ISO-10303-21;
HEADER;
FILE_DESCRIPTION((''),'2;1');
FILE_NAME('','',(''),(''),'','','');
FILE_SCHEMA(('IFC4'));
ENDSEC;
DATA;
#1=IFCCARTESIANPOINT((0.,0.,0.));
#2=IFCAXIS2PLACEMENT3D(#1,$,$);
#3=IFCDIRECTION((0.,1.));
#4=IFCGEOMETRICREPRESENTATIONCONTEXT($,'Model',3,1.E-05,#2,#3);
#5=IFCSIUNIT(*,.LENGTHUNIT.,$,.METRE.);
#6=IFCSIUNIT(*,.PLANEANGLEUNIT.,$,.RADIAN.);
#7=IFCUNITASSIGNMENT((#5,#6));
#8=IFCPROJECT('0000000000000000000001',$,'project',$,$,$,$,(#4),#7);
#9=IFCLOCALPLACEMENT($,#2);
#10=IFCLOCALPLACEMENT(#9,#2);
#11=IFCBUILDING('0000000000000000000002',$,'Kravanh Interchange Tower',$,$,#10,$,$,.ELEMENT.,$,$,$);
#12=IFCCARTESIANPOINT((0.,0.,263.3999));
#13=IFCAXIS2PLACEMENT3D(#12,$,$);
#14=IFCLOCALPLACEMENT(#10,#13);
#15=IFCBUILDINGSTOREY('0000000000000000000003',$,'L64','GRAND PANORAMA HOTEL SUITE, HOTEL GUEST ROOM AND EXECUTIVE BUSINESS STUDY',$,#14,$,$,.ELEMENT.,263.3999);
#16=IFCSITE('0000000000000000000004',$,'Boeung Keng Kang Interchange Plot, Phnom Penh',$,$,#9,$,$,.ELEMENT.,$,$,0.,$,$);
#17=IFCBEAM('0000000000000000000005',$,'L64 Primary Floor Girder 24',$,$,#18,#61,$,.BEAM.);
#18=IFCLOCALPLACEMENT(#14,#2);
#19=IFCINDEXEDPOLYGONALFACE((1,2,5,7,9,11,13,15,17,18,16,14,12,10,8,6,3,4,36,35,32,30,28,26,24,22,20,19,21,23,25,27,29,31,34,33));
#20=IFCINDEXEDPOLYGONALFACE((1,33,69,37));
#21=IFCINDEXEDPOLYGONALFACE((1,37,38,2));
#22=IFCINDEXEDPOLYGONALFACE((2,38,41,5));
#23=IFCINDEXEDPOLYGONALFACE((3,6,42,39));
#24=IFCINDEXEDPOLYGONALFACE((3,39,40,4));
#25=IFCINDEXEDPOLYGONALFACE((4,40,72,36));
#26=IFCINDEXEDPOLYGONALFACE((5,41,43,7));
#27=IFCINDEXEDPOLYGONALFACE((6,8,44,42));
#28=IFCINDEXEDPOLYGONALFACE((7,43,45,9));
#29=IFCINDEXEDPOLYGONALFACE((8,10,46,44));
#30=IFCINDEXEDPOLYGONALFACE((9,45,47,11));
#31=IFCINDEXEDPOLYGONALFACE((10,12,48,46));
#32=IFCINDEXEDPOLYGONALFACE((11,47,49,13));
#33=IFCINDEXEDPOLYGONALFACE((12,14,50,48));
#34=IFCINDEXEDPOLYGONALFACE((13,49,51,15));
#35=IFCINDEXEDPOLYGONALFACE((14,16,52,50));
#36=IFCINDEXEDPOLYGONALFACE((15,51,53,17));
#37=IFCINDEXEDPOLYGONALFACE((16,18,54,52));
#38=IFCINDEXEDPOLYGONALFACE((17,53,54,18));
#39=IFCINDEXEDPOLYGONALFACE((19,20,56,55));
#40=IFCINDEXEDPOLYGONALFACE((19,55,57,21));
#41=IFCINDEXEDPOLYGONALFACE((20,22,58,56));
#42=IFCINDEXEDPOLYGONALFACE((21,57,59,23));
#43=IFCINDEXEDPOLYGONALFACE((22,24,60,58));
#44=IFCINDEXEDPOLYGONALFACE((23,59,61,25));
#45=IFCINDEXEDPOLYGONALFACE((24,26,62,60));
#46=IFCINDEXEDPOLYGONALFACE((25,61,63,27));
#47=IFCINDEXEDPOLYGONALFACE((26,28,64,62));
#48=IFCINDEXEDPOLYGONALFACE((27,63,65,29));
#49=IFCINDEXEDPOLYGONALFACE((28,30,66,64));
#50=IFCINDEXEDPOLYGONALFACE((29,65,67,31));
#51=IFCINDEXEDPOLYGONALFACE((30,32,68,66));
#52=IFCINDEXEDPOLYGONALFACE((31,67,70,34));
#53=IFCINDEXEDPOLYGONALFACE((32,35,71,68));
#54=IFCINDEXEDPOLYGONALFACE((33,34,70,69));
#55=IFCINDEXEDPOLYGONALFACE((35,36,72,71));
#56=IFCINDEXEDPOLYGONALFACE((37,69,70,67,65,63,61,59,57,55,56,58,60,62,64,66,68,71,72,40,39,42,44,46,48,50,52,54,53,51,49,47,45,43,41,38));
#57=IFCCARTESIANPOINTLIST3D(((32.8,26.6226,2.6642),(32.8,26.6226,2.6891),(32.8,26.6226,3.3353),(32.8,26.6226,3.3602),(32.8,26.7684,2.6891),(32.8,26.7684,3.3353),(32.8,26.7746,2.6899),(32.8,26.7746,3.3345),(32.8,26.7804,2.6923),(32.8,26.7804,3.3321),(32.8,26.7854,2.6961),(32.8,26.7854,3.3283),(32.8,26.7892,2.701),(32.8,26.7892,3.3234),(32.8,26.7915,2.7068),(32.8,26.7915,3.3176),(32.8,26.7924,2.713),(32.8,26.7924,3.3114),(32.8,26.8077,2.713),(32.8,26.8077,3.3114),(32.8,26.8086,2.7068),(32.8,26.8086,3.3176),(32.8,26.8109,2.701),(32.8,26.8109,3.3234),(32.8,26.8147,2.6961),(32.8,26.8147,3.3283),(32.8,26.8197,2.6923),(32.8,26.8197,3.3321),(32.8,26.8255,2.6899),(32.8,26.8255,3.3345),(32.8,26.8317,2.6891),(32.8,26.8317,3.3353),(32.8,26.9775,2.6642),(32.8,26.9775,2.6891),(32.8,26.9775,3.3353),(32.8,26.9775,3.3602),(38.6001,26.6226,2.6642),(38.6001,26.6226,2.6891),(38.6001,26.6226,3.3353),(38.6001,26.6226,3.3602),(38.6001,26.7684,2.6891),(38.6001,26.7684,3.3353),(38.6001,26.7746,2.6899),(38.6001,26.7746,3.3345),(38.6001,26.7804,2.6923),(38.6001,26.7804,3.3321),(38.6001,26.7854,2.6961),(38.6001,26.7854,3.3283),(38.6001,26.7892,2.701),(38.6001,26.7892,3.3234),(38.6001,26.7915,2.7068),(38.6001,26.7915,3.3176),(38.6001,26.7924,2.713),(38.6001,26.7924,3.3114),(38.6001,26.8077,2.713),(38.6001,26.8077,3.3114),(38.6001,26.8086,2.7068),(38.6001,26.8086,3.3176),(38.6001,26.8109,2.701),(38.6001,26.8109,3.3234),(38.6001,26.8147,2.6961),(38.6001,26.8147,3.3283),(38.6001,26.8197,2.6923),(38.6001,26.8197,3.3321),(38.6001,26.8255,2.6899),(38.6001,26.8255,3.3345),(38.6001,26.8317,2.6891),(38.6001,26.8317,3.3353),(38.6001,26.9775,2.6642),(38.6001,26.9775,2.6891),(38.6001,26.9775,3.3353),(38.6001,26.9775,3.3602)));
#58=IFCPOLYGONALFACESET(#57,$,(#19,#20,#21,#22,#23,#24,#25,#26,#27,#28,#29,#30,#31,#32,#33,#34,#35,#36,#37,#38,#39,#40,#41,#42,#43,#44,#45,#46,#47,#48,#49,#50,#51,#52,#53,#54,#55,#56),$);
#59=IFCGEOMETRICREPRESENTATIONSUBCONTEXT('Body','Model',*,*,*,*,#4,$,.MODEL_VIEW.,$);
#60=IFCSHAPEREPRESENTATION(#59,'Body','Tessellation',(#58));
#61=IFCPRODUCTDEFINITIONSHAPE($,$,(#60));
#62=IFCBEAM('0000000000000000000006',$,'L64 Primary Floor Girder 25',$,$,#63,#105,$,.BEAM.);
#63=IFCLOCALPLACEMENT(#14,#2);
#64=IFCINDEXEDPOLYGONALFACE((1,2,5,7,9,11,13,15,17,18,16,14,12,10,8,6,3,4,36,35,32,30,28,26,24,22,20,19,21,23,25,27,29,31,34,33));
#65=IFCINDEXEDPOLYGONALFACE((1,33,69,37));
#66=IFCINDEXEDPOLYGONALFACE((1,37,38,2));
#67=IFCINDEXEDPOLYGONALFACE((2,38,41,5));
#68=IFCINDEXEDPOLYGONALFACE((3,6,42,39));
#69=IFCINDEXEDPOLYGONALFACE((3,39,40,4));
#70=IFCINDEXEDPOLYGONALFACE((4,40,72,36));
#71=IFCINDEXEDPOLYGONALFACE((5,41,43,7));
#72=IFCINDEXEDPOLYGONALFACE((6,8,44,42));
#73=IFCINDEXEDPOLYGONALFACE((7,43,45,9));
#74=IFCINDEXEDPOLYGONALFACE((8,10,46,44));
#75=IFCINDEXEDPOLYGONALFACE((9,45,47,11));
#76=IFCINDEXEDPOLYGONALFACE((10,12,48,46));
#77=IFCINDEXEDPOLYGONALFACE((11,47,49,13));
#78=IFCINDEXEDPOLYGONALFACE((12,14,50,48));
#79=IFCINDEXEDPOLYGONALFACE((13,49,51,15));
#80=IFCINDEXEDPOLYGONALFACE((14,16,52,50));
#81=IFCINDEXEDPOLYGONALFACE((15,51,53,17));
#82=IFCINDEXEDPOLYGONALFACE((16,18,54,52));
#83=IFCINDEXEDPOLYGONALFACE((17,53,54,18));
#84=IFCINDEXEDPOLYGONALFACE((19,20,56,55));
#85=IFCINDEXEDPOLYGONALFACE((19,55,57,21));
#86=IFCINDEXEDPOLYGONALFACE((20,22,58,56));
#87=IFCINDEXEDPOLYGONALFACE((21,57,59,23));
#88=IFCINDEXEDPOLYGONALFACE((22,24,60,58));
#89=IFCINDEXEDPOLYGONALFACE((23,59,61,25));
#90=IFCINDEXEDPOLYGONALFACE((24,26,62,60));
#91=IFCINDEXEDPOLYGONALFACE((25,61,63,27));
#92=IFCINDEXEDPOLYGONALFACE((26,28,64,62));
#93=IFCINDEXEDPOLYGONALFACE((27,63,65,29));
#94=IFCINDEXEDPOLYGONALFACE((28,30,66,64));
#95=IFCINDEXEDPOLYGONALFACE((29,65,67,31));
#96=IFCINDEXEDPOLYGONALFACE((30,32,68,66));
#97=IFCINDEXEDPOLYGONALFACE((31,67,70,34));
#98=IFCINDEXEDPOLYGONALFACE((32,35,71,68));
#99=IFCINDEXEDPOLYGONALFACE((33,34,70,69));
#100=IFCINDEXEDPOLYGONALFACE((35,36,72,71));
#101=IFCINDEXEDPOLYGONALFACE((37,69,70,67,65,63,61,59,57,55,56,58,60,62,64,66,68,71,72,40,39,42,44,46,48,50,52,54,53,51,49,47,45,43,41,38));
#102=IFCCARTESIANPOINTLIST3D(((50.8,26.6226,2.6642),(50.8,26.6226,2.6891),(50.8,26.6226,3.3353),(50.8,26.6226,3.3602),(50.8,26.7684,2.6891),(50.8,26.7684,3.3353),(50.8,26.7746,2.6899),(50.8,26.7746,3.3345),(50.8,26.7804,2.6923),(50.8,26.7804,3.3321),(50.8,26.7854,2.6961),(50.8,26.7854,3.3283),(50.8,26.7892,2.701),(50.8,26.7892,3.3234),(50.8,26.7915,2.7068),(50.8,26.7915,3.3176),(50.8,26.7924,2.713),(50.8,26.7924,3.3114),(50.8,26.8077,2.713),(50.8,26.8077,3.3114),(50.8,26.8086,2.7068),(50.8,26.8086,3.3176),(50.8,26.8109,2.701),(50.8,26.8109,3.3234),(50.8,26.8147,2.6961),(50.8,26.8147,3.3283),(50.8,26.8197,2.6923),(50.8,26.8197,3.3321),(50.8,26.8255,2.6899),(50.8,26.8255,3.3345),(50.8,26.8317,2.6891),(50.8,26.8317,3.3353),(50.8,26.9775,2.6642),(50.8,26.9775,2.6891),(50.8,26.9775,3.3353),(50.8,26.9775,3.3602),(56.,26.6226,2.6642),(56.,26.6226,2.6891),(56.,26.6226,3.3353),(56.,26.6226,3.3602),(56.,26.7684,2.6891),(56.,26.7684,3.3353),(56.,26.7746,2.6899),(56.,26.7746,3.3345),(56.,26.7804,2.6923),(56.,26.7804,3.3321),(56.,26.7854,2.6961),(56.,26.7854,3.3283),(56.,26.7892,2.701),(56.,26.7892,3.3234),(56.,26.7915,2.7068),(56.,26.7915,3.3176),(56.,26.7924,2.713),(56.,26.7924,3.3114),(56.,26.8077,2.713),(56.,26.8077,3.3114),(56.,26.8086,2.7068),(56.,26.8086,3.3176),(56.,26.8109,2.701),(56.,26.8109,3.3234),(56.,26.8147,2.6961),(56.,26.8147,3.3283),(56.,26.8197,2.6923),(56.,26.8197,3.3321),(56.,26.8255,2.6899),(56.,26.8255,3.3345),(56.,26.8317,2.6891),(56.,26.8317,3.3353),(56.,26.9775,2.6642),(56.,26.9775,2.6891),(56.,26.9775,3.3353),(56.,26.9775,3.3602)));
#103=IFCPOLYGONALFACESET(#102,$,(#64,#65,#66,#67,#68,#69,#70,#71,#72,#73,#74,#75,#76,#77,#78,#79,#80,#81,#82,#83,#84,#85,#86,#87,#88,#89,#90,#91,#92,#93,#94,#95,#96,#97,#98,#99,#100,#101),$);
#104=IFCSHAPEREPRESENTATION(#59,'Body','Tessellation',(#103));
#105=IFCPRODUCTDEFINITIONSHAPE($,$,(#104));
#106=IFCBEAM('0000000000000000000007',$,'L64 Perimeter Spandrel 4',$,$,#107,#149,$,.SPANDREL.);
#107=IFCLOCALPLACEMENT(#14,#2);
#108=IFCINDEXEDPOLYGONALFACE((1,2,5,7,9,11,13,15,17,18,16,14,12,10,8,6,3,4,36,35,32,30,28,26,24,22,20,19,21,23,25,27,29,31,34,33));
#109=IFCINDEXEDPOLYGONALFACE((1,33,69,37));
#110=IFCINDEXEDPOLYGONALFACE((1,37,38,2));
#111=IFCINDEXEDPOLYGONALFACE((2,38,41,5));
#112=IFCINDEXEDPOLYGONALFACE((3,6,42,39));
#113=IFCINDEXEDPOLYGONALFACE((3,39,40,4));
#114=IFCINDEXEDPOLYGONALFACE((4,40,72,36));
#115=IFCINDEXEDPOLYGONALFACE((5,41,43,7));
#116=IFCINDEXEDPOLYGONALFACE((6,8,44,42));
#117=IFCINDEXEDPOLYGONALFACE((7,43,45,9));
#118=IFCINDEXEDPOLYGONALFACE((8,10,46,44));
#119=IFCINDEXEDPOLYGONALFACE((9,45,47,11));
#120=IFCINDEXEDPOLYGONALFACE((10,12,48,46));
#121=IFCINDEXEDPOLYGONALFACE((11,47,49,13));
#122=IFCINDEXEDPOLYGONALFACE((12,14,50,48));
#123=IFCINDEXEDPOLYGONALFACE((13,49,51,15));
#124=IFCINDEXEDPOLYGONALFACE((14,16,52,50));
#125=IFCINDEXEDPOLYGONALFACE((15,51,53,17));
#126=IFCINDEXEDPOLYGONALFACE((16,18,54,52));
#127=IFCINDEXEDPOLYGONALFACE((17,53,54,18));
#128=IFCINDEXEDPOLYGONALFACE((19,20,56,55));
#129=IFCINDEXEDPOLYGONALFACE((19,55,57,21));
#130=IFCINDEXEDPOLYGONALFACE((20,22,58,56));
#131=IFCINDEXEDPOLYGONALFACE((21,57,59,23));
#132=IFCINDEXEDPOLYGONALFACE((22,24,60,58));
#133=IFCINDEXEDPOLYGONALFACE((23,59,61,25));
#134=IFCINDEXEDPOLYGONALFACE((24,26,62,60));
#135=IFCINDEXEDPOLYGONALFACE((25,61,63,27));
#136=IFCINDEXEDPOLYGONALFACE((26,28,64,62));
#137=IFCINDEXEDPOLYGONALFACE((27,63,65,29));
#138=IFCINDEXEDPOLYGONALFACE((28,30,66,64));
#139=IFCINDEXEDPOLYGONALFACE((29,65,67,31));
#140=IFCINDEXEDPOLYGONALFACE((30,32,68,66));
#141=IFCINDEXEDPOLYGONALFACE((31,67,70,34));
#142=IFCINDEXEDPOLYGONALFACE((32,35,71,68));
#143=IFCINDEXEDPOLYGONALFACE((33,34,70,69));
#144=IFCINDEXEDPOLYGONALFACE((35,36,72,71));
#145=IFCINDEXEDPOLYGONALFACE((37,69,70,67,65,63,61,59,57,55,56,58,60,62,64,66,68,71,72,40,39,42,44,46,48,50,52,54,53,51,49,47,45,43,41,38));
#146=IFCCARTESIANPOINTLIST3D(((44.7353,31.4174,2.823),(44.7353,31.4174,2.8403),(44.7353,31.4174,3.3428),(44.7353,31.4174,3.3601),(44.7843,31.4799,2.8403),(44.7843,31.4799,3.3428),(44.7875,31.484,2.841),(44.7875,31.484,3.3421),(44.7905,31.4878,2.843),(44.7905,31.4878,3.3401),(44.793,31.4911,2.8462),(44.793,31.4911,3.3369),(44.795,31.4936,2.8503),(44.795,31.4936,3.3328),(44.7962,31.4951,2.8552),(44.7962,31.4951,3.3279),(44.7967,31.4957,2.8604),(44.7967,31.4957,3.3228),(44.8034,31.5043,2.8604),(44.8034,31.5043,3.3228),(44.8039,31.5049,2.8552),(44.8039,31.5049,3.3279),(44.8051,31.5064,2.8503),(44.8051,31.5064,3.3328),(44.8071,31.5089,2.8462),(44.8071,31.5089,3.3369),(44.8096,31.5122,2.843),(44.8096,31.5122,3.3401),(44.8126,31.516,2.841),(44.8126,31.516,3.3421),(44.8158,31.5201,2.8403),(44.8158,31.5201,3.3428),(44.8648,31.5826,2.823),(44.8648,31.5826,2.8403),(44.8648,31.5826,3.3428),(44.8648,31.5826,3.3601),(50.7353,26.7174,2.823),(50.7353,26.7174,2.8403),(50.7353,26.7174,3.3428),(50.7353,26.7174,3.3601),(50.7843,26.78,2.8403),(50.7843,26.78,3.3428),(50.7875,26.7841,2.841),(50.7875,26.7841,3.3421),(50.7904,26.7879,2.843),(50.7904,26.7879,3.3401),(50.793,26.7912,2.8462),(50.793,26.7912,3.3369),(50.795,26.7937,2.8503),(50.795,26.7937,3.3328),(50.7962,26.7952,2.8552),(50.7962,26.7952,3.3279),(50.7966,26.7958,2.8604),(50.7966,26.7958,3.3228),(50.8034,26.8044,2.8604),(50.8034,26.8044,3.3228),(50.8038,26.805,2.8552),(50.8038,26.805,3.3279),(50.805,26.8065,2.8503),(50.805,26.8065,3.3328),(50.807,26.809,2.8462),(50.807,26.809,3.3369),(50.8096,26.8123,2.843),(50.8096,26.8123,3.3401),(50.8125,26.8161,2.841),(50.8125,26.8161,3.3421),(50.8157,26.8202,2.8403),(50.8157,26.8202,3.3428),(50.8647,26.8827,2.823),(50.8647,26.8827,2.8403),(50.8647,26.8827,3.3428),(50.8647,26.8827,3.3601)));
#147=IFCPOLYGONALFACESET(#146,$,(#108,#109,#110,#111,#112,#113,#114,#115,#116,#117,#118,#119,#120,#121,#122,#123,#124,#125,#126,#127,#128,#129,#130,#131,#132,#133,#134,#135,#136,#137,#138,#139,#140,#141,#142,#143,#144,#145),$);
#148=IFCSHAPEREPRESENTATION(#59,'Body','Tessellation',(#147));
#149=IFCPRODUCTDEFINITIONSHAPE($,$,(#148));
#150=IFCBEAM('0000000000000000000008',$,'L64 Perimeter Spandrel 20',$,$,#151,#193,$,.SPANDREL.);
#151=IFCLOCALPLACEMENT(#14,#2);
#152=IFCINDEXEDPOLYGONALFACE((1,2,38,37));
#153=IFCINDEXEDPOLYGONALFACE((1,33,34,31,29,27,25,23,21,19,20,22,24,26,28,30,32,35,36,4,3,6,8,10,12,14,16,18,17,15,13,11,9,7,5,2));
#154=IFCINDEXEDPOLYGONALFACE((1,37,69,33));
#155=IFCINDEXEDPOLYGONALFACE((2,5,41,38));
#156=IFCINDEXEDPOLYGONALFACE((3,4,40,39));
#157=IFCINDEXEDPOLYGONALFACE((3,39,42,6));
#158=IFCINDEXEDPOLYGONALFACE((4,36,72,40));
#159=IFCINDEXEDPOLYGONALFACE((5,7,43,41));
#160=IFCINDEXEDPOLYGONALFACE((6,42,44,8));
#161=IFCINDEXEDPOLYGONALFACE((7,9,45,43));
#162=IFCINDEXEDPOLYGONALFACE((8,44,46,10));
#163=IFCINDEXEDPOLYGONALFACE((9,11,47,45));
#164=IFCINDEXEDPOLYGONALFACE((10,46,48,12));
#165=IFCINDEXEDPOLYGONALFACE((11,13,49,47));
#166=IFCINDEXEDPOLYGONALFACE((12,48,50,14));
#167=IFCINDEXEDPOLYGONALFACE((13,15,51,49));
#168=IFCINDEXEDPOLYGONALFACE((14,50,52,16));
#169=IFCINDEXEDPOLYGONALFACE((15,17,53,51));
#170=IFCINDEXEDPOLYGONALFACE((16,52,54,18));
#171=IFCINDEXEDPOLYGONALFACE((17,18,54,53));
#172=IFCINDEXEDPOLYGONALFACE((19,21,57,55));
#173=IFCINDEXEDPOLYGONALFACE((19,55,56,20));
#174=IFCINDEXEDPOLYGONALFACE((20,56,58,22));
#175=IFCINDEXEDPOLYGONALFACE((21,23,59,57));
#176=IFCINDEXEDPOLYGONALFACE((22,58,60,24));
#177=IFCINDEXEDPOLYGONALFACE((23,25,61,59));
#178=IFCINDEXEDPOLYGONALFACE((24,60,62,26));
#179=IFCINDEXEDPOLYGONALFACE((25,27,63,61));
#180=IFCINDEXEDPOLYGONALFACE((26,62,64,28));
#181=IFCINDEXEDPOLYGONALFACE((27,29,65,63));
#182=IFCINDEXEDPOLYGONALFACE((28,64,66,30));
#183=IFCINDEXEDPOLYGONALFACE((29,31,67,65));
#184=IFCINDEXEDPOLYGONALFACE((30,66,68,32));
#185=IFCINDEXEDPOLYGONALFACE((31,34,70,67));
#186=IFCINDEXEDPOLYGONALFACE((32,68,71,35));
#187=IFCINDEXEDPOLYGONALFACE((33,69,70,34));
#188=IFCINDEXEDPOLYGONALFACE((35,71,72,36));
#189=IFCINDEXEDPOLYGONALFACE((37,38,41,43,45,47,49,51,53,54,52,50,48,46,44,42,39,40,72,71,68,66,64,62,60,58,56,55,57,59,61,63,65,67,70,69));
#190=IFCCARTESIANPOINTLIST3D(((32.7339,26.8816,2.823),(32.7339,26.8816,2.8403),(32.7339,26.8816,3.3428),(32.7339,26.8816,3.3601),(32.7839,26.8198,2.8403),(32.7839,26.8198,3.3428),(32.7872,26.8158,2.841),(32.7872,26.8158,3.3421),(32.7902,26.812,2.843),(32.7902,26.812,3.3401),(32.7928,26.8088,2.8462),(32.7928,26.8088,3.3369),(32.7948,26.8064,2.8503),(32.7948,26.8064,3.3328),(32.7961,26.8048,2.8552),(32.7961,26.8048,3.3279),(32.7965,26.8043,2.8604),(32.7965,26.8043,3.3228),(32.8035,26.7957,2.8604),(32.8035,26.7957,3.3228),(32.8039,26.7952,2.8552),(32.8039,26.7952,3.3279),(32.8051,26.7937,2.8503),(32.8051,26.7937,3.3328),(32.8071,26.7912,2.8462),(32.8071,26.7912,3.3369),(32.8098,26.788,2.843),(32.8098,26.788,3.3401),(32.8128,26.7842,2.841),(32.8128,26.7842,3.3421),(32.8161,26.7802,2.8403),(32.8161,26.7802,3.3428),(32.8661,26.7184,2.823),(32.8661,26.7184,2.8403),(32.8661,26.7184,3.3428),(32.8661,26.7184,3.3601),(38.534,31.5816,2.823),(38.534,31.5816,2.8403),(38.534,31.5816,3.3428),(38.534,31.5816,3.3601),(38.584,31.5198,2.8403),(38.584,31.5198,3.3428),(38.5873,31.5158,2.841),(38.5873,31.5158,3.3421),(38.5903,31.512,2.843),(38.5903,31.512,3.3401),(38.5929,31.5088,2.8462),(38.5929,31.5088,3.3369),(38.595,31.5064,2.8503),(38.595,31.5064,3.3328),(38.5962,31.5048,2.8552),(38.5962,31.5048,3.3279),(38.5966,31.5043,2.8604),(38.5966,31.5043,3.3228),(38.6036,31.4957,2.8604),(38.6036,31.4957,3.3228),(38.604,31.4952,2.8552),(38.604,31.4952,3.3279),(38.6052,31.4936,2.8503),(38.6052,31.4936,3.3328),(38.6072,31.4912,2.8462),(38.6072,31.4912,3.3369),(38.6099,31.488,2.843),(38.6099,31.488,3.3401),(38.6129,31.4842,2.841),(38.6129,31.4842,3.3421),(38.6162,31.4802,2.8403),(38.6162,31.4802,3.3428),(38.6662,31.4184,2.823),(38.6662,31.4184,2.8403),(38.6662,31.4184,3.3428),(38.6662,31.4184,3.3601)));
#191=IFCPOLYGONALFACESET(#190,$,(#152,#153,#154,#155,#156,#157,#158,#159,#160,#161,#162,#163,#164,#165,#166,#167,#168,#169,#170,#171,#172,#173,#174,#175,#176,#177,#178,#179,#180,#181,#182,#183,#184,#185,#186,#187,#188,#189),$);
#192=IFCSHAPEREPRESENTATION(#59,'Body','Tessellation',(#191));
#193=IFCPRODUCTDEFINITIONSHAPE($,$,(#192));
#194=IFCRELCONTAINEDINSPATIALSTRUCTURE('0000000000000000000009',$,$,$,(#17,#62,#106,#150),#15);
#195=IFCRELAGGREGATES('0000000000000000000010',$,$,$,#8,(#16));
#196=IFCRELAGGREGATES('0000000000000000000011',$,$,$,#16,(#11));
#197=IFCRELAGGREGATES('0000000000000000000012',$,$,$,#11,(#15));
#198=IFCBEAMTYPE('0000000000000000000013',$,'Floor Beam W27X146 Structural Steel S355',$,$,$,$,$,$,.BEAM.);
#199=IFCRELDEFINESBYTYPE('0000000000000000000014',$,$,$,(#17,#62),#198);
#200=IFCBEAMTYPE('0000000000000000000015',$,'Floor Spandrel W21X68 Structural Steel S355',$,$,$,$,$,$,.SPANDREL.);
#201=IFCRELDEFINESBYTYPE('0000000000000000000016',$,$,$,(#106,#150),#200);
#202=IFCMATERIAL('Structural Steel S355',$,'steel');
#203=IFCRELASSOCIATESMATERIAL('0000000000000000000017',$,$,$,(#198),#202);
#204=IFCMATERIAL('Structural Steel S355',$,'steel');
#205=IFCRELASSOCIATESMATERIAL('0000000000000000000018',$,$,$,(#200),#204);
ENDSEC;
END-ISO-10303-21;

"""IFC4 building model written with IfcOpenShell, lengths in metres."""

from ifc_helpers import new_model, si_unit, direction, frame, origin, origin_2d, place, context, subcontext, project, spatial, i_section, extrude, material, material_profile, profile_set, type_object, element, save


model = new_model("IFC4")

# Units and contexts
model_context = context("Model", 3, precision=1e-05, world=origin(), true_north=direction((0.0, 1.0)))
body_context = subcontext(model_context, "Body", "Model", "MODEL_VIEW")
ifc_project = project(units=[si_unit("LENGTHUNIT", "METRE"), si_unit("PLANEANGLEUNIT", "RADIAN")], contexts=[model_context])

# Site, building, storey
site_placement = place(None, origin())
site = spatial("IfcSite", under=ifc_project, at=site_placement, Name="Boeung Keng Kang Interchange Plot, Phnom Penh", CompositionType="ELEMENT", RefElevation=0.0)
building_placement = place(site_placement, origin())
building = spatial("IfcBuilding", under=site, at=building_placement, Name="Kravanh Interchange Tower", CompositionType="ELEMENT")
storey_placement = place(building_placement, frame((0.0, 0.0, 263.3999)))
storey = spatial("IfcBuildingStorey", under=building, at=storey_placement, Name="L64", Description="GRAND PANORAMA HOTEL SUITE, HOTEL GUEST ROOM AND EXECUTIVE BUSINESS STUDY", CompositionType="ELEMENT", Elevation=263.3999)

# Beams
ifc_material_1 = material(Name="Structural Steel S355", Category="steel")
ifc_material_profile_1 = material_profile(ifc_material_1, i_section(OverallWidth=0.355, OverallDepth=0.696, WebThickness=0.0154, FlangeThickness=0.0249, FilletRadius=0.0239, at=origin_2d()), Name="W27X146")
ifc_profile_set_1 = profile_set([ifc_material_profile_1], Name="Structural Steel S355")
beam_type_1 = type_object("IfcBeamType", Name="Floor Beam W27X146 Structural Steel S355", PredefinedType="BEAM", material=ifc_profile_set_1)
beam_1_placement = place(storey_placement, frame((38.6001, 26.8, 3.0122), z_axis=(-1.0, 0.0, 0.0), x_axis=(0.0, -1.0, 0.0)))
element("IfcBeam", 1, at=beam_1_placement, inside=storey, type_object=beam_type_1, Name="L64 Primary Floor Girder 24", PredefinedType="BEAM", context=body_context, shape_type="SweptSolid", body=[
    extrude(i_section(OverallWidth=0.355, OverallDepth=0.696, WebThickness=0.0154, FlangeThickness=0.0249, FilletRadius=0.0239, at=origin_2d()), origin(), (0.0, 0.0, 1.0), 5.8),
])
beam_2_placement = place(storey_placement, frame((50.8, 26.8, 3.0122), z_axis=(1.0, 0.0, 0.0), x_axis=(0.0, 1.0, 0.0)))
element("IfcBeam", 2, at=beam_2_placement, inside=storey, type_object=beam_type_1, Name="L64 Primary Floor Girder 25", PredefinedType="BEAM", context=body_context, shape_type="SweptSolid", body=[
    extrude(i_section(OverallWidth=0.355, OverallDepth=0.696, WebThickness=0.0154, FlangeThickness=0.0249, FilletRadius=0.0239, at=origin_2d()), origin(), (0.0, 0.0, 1.0), 5.2),
])
ifc_material_2 = material(Name="Structural Steel S355", Category="steel")
ifc_material_profile_2 = material_profile(ifc_material_2, i_section(OverallWidth=0.21, OverallDepth=0.5371, WebThickness=0.011, FlangeThickness=0.0173, FilletRadius=0.02, at=origin_2d()), Name="W21X68")
ifc_profile_set_2 = profile_set([ifc_material_profile_2], Name="Structural Steel S355")
beam_type_2 = type_object("IfcBeamType", Name="Floor Spandrel W21X68 Structural Steel S355", PredefinedType="SPANDREL", material=ifc_profile_set_2)
beam_3_placement = place(storey_placement, frame((44.8, 31.5, 3.0916), z_axis=(0.787231, -0.616658, 0.0), x_axis=(0.616658, 0.787231, 0.0)))
element("IfcBeam", 3, at=beam_3_placement, inside=storey, type_object=beam_type_2, Name="L64 Perimeter Spandrel 4", PredefinedType="SPANDREL", context=body_context, shape_type="SweptSolid", body=[
    extrude(i_section(OverallWidth=0.21, OverallDepth=0.5371, WebThickness=0.011, FlangeThickness=0.0173, FilletRadius=0.02, at=origin_2d()), origin(), (0.0, 0.0, 1.0), 7.6216),
])
beam_4_placement = place(storey_placement, frame((38.6001, 31.5, 3.0916), z_axis=(-0.776939, -0.629576, 0.0), x_axis=(0.629576, -0.776939, 0.0)))
element("IfcBeam", 4, at=beam_4_placement, inside=storey, type_object=beam_type_2, Name="L64 Perimeter Spandrel 20", PredefinedType="SPANDREL", context=body_context, shape_type="SweptSolid", body=[
    extrude(i_section(OverallWidth=0.21, OverallDepth=0.5371, WebThickness=0.011, FlangeThickness=0.0173, FilletRadius=0.02, at=origin_2d()), origin(), (0.0, 0.0, 1.0), 7.4653),
])

save(model, "model.ifc")
